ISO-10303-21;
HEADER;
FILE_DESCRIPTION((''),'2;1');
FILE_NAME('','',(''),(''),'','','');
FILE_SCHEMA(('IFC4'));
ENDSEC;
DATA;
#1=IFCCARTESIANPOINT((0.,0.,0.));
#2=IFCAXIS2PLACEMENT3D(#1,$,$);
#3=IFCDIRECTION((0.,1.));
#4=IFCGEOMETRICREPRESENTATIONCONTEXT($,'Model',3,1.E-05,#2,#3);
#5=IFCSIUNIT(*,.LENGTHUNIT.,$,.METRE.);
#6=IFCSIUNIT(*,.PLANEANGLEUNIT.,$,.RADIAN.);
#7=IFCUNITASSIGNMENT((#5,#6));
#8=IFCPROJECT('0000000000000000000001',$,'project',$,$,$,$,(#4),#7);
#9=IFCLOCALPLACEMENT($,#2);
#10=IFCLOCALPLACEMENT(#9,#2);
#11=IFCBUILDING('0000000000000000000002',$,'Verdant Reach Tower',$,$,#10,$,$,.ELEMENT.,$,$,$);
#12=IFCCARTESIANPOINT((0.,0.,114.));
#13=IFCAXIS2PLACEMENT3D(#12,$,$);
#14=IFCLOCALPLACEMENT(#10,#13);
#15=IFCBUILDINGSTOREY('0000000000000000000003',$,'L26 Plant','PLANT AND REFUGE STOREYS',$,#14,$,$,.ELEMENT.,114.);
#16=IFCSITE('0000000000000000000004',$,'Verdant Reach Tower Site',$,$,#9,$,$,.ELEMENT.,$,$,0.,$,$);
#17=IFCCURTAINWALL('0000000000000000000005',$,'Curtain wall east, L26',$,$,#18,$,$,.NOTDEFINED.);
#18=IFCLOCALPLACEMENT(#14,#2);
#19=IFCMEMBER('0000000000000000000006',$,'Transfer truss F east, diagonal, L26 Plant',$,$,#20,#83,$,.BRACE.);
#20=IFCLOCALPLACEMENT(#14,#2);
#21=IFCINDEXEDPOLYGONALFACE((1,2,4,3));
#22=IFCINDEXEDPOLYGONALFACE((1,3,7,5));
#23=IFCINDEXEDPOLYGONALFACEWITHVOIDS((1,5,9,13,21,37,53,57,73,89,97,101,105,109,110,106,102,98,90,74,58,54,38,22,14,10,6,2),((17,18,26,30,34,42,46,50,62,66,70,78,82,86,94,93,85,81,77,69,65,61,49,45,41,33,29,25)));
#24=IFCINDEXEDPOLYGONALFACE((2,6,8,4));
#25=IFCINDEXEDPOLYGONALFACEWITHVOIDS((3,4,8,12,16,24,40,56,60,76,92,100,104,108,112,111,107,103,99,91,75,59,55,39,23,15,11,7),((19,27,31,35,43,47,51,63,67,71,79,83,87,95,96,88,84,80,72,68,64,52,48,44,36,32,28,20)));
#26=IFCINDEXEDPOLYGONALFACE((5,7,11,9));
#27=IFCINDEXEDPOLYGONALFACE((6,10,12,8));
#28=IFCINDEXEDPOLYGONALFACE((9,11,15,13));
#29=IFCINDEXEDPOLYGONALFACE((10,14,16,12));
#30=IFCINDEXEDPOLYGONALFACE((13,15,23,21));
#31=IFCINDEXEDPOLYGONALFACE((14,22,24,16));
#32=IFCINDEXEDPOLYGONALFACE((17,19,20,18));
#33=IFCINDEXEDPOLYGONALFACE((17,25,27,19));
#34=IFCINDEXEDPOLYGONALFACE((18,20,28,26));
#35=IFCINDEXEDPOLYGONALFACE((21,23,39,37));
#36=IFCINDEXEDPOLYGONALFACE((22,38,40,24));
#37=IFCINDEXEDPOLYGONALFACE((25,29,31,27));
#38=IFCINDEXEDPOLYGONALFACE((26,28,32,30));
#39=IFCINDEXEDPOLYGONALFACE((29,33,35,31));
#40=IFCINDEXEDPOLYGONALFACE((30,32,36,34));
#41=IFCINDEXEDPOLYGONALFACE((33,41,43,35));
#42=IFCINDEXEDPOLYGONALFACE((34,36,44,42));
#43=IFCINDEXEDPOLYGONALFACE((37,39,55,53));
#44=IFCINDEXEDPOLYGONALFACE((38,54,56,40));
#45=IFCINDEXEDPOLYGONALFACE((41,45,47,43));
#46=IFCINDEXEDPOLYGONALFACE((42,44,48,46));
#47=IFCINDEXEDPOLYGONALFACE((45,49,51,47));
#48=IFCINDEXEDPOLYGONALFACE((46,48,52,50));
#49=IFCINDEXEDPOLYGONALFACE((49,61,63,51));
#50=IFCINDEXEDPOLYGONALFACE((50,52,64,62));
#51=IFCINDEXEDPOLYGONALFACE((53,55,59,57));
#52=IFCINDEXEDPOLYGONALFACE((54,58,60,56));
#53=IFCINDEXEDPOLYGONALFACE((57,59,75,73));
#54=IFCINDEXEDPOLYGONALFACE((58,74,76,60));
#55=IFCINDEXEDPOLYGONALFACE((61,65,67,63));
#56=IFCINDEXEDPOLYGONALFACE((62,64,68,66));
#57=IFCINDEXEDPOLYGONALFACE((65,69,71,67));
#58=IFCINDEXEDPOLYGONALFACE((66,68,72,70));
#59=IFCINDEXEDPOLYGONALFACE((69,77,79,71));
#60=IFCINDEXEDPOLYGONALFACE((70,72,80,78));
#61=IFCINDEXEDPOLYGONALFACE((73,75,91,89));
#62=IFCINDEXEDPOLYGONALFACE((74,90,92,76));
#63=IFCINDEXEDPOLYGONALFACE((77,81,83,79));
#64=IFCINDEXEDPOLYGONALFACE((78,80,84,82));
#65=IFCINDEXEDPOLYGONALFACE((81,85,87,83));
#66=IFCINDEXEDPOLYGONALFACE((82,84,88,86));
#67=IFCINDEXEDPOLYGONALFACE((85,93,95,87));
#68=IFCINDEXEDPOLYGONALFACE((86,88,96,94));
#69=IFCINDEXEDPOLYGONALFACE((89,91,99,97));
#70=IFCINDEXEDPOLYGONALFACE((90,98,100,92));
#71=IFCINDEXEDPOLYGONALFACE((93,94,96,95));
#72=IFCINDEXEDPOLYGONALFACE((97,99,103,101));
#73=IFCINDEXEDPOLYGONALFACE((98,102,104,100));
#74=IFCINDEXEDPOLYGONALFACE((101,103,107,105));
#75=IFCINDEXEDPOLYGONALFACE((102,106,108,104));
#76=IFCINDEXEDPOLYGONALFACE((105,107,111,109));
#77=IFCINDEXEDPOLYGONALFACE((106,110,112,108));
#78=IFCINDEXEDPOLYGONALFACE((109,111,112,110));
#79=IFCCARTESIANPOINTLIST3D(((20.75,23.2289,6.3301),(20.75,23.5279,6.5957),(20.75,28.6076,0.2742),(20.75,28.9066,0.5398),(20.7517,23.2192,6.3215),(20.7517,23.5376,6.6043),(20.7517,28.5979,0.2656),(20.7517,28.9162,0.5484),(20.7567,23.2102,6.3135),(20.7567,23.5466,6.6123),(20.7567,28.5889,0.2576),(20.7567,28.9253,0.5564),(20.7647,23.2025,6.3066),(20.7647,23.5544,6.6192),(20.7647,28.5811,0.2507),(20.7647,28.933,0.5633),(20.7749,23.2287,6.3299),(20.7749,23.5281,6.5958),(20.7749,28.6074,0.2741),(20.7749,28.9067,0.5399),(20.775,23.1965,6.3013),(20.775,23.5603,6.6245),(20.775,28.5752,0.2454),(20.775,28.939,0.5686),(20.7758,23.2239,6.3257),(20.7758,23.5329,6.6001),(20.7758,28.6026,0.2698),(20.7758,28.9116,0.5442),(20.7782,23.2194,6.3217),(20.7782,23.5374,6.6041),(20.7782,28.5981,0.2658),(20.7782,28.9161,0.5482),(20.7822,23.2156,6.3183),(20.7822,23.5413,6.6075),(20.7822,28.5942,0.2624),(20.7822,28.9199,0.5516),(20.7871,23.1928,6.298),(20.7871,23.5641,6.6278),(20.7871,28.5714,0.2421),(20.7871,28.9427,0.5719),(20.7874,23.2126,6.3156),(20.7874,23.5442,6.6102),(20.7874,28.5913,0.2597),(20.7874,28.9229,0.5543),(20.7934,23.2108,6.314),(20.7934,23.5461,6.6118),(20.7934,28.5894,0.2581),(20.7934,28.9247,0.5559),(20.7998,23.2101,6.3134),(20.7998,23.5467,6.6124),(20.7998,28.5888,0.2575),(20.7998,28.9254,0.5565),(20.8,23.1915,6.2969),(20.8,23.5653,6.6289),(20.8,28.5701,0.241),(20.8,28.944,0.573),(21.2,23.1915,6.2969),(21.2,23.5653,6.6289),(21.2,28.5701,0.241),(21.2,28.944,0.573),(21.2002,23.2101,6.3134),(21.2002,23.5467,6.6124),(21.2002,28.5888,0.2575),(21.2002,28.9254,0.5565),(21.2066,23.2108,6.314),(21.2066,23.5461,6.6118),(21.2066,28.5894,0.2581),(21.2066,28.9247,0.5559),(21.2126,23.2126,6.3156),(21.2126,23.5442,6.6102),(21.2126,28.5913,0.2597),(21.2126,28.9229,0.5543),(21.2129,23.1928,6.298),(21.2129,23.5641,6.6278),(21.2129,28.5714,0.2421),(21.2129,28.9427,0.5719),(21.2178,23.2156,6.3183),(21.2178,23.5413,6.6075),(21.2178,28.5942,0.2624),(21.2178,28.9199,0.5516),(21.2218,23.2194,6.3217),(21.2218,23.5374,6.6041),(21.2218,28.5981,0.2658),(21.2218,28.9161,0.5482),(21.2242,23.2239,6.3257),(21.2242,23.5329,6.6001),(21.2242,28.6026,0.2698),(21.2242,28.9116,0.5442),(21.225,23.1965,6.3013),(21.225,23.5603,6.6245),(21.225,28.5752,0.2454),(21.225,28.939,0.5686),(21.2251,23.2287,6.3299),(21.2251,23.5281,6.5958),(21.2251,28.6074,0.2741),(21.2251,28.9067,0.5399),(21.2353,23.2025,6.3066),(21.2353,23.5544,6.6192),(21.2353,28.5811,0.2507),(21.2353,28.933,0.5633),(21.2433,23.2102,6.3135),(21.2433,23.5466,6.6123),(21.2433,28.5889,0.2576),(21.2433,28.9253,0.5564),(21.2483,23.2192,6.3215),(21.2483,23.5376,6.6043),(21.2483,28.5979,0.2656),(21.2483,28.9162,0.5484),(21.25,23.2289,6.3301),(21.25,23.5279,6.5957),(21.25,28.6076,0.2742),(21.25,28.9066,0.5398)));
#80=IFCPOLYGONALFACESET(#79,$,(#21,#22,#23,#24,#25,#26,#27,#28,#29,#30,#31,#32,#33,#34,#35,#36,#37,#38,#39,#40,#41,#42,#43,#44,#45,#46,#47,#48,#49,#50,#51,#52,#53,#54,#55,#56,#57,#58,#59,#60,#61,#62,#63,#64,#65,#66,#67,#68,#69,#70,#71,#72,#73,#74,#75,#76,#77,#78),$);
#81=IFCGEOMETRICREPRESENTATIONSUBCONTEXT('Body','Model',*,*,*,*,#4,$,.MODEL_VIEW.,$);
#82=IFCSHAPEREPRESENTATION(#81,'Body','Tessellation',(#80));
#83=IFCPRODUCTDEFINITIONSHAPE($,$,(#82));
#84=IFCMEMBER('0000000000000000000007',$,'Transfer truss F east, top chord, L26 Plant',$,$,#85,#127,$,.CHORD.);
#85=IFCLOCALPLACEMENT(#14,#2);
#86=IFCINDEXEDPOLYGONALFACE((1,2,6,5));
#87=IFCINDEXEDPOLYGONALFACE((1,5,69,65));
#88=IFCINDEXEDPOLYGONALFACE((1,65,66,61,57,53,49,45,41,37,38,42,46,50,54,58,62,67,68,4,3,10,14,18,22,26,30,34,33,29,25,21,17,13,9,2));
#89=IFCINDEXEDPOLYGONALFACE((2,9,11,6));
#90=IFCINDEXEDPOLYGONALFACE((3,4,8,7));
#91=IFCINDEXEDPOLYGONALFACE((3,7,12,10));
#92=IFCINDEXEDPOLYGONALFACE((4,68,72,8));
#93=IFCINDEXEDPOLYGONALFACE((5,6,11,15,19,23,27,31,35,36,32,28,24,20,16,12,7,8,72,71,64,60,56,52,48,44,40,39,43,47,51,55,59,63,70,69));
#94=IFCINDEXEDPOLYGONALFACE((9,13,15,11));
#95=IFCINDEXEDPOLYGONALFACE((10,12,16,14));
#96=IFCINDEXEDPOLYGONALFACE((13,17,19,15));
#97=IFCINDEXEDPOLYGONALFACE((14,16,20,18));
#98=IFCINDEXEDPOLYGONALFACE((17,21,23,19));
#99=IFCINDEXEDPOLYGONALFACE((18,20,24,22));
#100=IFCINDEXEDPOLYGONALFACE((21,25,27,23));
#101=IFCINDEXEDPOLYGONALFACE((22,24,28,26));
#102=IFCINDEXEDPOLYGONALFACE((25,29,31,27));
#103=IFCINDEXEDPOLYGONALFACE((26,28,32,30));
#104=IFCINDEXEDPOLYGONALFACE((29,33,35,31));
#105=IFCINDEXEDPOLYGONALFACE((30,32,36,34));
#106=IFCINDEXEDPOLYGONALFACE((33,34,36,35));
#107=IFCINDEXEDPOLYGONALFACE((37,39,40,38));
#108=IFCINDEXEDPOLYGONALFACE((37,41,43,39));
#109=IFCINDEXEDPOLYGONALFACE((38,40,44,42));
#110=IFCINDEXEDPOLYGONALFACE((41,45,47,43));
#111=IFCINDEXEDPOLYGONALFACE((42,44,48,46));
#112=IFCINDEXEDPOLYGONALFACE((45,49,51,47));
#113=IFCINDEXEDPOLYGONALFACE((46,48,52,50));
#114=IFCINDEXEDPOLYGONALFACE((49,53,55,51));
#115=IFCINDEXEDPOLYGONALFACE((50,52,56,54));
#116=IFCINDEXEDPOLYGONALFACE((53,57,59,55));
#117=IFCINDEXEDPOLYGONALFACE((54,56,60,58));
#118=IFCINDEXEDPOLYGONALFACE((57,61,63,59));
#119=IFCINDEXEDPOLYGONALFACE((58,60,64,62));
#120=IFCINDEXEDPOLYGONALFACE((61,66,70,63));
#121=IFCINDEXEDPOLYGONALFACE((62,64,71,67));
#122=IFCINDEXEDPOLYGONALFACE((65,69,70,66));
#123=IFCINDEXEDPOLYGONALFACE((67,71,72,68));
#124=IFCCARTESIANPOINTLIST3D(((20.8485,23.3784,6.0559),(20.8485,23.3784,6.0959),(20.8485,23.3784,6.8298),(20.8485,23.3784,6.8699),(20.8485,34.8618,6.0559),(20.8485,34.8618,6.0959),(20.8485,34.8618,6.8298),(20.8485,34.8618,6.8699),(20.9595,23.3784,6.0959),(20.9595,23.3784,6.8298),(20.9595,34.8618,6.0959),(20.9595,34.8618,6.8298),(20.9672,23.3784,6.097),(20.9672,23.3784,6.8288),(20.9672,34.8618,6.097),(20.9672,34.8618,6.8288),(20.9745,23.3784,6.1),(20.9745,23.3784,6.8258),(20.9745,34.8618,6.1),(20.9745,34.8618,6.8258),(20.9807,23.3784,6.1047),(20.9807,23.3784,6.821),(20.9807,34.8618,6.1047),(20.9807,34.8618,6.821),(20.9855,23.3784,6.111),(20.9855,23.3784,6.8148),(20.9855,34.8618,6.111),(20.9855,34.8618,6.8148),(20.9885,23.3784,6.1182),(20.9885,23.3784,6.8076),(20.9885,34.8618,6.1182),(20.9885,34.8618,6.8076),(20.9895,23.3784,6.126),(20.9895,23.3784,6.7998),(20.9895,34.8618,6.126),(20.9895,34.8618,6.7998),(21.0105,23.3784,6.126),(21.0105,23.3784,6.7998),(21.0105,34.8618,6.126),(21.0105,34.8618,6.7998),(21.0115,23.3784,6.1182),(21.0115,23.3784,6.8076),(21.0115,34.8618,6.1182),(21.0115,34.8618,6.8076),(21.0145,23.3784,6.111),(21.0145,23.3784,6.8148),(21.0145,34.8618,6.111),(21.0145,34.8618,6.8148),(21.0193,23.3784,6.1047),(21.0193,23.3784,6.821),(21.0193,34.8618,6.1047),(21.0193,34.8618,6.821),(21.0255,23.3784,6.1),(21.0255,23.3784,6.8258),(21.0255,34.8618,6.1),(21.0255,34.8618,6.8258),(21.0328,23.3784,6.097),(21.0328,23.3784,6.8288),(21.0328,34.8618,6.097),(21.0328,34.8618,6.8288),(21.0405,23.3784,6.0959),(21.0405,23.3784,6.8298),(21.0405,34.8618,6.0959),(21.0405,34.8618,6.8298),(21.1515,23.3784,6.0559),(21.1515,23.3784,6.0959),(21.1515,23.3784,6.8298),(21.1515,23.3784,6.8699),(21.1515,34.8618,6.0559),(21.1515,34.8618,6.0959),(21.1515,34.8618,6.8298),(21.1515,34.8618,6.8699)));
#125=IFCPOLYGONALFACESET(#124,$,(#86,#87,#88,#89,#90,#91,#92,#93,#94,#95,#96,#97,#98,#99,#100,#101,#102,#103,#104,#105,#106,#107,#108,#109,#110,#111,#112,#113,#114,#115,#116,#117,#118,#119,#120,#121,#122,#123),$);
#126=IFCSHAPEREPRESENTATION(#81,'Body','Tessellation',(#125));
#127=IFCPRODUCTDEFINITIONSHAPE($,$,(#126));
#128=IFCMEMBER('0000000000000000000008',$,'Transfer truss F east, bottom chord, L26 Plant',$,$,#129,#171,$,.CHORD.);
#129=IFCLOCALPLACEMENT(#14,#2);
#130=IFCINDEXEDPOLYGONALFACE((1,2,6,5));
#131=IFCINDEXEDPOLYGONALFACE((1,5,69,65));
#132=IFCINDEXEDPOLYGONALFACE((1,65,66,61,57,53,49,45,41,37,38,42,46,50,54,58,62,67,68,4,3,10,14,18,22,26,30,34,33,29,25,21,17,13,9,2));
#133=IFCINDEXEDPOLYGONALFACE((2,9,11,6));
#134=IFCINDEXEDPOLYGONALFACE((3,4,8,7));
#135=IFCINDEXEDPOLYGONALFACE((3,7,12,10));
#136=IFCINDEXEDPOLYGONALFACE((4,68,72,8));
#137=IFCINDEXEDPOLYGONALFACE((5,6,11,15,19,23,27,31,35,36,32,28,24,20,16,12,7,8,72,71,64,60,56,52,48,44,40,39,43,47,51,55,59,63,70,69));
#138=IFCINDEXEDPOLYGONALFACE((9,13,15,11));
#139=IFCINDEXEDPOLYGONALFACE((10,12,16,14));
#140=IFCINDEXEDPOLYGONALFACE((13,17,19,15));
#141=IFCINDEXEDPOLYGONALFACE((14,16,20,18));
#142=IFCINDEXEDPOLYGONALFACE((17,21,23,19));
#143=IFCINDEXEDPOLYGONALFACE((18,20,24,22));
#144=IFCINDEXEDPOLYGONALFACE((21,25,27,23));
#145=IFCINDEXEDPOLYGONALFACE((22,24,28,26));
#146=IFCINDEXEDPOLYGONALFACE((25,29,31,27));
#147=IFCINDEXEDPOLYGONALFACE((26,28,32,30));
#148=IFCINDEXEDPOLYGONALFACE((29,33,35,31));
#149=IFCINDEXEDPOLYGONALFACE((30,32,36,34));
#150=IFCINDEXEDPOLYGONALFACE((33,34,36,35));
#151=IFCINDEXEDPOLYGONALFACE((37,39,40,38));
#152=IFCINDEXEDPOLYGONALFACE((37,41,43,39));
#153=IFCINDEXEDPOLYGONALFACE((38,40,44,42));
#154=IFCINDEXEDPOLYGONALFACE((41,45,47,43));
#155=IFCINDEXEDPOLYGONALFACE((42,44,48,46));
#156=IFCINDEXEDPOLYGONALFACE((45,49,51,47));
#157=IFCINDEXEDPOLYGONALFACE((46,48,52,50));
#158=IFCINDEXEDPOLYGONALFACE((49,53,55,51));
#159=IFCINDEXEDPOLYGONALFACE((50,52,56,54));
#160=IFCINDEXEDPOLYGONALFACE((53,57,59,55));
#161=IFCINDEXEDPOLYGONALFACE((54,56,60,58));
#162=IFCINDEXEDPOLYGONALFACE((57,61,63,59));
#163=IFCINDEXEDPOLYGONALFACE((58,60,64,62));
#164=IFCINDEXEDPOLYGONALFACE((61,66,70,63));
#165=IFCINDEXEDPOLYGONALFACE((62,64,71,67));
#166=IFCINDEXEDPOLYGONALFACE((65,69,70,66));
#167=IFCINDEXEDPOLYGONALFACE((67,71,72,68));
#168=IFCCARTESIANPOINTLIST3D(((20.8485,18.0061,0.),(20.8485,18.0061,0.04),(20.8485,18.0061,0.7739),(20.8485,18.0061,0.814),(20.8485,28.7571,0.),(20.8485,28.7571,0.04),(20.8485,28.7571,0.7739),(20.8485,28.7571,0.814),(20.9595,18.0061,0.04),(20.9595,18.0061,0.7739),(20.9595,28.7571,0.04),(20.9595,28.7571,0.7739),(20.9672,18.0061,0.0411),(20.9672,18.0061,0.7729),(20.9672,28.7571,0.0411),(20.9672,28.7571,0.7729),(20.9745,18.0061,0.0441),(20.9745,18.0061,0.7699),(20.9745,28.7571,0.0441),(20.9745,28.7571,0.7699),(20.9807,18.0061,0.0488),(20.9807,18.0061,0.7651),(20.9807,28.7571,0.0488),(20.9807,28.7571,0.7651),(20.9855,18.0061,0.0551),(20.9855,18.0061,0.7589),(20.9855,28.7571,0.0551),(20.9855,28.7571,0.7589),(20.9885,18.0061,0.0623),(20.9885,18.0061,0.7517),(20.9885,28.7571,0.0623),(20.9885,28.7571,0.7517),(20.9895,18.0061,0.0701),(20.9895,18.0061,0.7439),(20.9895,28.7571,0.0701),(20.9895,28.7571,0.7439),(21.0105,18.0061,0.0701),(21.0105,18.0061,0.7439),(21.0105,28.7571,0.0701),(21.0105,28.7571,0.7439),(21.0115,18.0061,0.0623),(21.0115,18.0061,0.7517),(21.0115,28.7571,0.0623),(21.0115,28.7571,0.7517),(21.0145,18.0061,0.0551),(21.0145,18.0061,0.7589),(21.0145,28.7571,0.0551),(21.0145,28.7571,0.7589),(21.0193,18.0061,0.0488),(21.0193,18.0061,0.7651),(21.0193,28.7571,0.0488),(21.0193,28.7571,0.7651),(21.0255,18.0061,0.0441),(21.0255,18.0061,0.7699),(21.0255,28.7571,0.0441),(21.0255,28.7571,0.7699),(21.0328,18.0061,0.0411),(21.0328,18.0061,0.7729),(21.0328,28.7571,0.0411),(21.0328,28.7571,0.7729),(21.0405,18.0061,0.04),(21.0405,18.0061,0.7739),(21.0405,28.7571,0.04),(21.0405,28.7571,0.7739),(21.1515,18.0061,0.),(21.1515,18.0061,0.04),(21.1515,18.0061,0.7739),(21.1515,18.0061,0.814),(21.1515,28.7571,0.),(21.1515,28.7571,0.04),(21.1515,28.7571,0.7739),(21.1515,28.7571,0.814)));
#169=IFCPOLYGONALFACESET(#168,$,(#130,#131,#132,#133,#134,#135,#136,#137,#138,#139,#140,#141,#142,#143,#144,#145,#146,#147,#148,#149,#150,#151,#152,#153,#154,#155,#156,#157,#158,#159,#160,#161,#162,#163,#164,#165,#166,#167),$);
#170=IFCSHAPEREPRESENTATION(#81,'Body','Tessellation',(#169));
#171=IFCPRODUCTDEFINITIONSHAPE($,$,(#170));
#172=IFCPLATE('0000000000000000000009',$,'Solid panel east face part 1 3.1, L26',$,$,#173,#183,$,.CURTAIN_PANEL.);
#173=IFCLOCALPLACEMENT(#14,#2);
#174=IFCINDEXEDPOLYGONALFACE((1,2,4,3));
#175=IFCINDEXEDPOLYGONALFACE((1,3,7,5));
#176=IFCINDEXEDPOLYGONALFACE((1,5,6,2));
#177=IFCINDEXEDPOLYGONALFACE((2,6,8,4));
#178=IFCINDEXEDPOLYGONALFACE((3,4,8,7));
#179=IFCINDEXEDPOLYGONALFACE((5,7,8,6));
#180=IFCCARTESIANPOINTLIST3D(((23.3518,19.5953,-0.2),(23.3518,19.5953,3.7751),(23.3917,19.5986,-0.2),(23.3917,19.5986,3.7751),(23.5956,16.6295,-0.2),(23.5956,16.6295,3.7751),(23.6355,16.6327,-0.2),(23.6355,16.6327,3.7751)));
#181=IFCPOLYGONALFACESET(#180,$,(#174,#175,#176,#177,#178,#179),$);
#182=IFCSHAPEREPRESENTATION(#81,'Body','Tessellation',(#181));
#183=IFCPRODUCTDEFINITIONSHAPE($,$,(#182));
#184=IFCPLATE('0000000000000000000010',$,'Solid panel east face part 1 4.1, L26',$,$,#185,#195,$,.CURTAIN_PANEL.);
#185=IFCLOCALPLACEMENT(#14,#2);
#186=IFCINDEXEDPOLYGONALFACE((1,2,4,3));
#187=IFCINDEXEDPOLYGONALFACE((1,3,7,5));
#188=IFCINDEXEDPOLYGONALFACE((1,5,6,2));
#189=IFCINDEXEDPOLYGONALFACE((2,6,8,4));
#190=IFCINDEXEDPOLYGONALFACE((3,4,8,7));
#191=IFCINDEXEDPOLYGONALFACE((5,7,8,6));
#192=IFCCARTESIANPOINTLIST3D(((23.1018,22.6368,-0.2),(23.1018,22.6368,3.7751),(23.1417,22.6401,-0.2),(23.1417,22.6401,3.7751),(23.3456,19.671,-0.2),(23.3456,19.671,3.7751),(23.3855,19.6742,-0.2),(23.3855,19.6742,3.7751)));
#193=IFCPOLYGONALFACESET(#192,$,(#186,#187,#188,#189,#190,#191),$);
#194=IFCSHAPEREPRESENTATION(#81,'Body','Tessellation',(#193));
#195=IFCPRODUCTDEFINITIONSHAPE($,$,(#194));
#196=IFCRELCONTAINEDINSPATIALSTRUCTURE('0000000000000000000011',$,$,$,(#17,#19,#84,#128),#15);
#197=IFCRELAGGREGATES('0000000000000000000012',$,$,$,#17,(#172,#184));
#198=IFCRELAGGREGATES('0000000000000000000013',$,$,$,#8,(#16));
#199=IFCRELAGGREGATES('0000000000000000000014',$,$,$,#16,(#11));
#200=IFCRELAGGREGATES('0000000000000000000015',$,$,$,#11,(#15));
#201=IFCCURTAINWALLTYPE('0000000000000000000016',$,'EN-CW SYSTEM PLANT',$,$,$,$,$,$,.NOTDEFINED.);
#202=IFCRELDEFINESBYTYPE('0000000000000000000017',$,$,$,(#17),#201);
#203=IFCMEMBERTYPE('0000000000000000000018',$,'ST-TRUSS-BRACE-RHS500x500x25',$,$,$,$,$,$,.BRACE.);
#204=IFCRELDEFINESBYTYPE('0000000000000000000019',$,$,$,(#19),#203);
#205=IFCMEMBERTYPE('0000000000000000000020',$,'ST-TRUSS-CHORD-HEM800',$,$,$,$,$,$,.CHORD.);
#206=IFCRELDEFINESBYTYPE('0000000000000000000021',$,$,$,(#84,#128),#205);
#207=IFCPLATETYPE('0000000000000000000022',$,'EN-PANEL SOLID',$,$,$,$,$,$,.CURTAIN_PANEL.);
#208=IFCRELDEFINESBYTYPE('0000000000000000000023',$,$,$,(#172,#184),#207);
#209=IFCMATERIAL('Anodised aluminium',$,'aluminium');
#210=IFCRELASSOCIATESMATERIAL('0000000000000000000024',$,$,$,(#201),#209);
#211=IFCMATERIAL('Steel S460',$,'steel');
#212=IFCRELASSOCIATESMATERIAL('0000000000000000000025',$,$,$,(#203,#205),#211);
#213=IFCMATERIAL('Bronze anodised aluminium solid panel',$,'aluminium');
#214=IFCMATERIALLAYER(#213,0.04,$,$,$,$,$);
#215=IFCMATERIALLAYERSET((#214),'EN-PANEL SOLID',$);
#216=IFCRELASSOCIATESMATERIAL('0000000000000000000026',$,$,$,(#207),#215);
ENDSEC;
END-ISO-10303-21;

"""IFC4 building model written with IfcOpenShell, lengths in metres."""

from ifc_helpers import new_model, si_unit, direction, frame, origin, origin_2d, place, context, subcontext, project, spatial, rectangle, hollow_rectangle, i_section, extrude, material, layer, layer_set, material_profile, profile_set, type_object, element, aggregate, save


model = new_model("IFC4")

# Units and contexts
model_context = context("Model", 3, precision=1e-05, world=origin(), true_north=direction((0.0, 1.0)))
body_context = subcontext(model_context, "Body", "Model", "MODEL_VIEW")
ifc_project = project(units=[si_unit("LENGTHUNIT", "METRE"), si_unit("PLANEANGLEUNIT", "RADIAN")], contexts=[model_context])

# Site, building, storey
site_placement = place(None, origin())
site = spatial("IfcSite", under=ifc_project, at=site_placement, Name="Verdant Reach Tower Site", CompositionType="ELEMENT", RefElevation=0.0)
building_placement = place(site_placement, origin())
building = spatial("IfcBuilding", under=site, at=building_placement, Name="Verdant Reach Tower", CompositionType="ELEMENT")
storey_placement = place(building_placement, frame((0.0, 0.0, 114.0)))
storey = spatial("IfcBuildingStorey", under=building, at=storey_placement, Name="L26 Plant", Description="PLANT AND REFUGE STOREYS", CompositionType="ELEMENT", Elevation=114.0)

# Shared definitions
ifc_material_1 = material(Name="Steel S460", Category="steel")

# Curtain wall
ifc_material_2 = material(Name="Anodised aluminium", Category="aluminium")
curtain_wall_type = type_object("IfcCurtainWallType", Name="EN-CW SYSTEM PLANT", PredefinedType="NOTDEFINED", material=ifc_material_2)
curtain_wall_placement = place(storey_placement, origin())
curtain_wall = element("IfcCurtainWall", 1, at=curtain_wall_placement, inside=storey, type_object=curtain_wall_type, Name="Curtain wall east, L26", PredefinedType="NOTDEFINED")

# Members
ifc_material_profile_1 = material_profile(ifc_material_1, hollow_rectangle(XDim=0.5, YDim=0.5, WallThickness=0.0249, InnerFilletRadius=0.0249, OuterFilletRadius=0.05, at=origin_2d()), Name="RHS 500x500x25")
ifc_profile_set_1 = profile_set([ifc_material_profile_1], Name="Steel S460")
member_type_1 = type_object("IfcMemberType", Name="ST-TRUSS-BRACE-RHS500x500x25", PredefinedType="BRACE", material=ifc_profile_set_1)
member_1_placement = place(storey_placement, frame((21.0, 23.3784, 6.4629), z_axis=(0.0, 0.664063, -0.747677), x_axis=(-1.0, 0.0, 0.0)))
element("IfcMember", 2, at=member_1_placement, inside=storey, type_object=member_type_1, Name="Transfer truss F east, diagonal, L26 Plant", PredefinedType="BRACE", context=body_context, shape_type="SweptSolid", body=[
    extrude(hollow_rectangle(XDim=0.5, YDim=0.5, WallThickness=0.0249, InnerFilletRadius=0.0249, OuterFilletRadius=0.05, at=origin_2d()), origin(), (0.0, 0.0, 1.0), 8.0996),
])
ifc_material_profile_2 = material_profile(ifc_material_1, i_section(OverallWidth=0.303, OverallDepth=0.814, WebThickness=0.021, FlangeThickness=0.04, FilletRadius=0.03, at=origin_2d()), Name="HEM 800")
ifc_profile_set_2 = profile_set([ifc_material_profile_2], Name="Steel S460")
member_type_2 = type_object("IfcMemberType", Name="ST-TRUSS-CHORD-HEM800", PredefinedType="CHORD", material=ifc_profile_set_2)
member_2_placement = place(storey_placement, frame((21.0, 23.3784, 6.4629), z_axis=(0.0, 1.0, 0.0), x_axis=(-1.0, 0.0, 0.0)))
element("IfcMember", 3, at=member_2_placement, inside=storey, type_object=member_type_2, Name="Transfer truss F east, top chord, L26 Plant", PredefinedType="CHORD", context=body_context, shape_type="SweptSolid", body=[
    extrude(i_section(OverallWidth=0.303, OverallDepth=0.814, WebThickness=0.021, FlangeThickness=0.04, FilletRadius=0.03, at=origin_2d()), origin(), (0.0, 0.0, 1.0), 11.4834),
])
member_3_placement = place(storey_placement, frame((21.0, 18.0061, 0.407), z_axis=(0.0, 1.0, 0.0), x_axis=(-1.0, 0.0, 0.0)))
element("IfcMember", 4, at=member_3_placement, inside=storey, type_object=member_type_2, Name="Transfer truss F east, bottom chord, L26 Plant", PredefinedType="CHORD", context=body_context, shape_type="SweptSolid", body=[
    extrude(i_section(OverallWidth=0.303, OverallDepth=0.814, WebThickness=0.021, FlangeThickness=0.04, FilletRadius=0.03, at=origin_2d()), origin(), (0.0, 0.0, 1.0), 10.751),
])

# Plates
ifc_material_3 = material(Name="Bronze anodised aluminium solid panel", Category="aluminium")
ifc_layer_1 = layer(ifc_material_3, 0.04)
ifc_layer_set_1 = layer_set([ifc_layer_1], Name="EN-PANEL SOLID")
plate_type_1 = type_object("IfcPlateType", Name="EN-PANEL SOLID", PredefinedType="CURTAIN_PANEL", material=ifc_layer_set_1)
plate_1_placement = place(storey_placement, frame((23.4937, 18.114, -0.2), z_axis=(0.0, 0.0, 1.0), x_axis=(-0.081916, 0.996639, 0.0)))
plate_1 = element("IfcPlate", 5, at=plate_1_placement, type_object=plate_type_1, Name="Solid panel east face part 1 3.1, L26", PredefinedType="CURTAIN_PANEL", context=body_context, shape_type="SweptSolid", body=[
    extrude(rectangle(XDim=2.9758, YDim=0.04, at=origin_2d()), origin(), (0.0, 0.0, 1.0), 3.9751),
])
plate_2_placement = place(storey_placement, frame((23.2437, 21.1555, -0.2), z_axis=(0.0, 0.0, 1.0), x_axis=(-0.081916, 0.996639, 0.0)))
plate_2 = element("IfcPlate", 6, at=plate_2_placement, type_object=plate_type_1, Name="Solid panel east face part 1 4.1, L26", PredefinedType="CURTAIN_PANEL", context=body_context, shape_type="SweptSolid", body=[
    extrude(rectangle(XDim=2.9758, YDim=0.04, at=origin_2d()), origin(), (0.0, 0.0, 1.0), 3.9751),
])

aggregate(curtain_wall, [plate_1, plate_2])

save(model, "model.ifc")
